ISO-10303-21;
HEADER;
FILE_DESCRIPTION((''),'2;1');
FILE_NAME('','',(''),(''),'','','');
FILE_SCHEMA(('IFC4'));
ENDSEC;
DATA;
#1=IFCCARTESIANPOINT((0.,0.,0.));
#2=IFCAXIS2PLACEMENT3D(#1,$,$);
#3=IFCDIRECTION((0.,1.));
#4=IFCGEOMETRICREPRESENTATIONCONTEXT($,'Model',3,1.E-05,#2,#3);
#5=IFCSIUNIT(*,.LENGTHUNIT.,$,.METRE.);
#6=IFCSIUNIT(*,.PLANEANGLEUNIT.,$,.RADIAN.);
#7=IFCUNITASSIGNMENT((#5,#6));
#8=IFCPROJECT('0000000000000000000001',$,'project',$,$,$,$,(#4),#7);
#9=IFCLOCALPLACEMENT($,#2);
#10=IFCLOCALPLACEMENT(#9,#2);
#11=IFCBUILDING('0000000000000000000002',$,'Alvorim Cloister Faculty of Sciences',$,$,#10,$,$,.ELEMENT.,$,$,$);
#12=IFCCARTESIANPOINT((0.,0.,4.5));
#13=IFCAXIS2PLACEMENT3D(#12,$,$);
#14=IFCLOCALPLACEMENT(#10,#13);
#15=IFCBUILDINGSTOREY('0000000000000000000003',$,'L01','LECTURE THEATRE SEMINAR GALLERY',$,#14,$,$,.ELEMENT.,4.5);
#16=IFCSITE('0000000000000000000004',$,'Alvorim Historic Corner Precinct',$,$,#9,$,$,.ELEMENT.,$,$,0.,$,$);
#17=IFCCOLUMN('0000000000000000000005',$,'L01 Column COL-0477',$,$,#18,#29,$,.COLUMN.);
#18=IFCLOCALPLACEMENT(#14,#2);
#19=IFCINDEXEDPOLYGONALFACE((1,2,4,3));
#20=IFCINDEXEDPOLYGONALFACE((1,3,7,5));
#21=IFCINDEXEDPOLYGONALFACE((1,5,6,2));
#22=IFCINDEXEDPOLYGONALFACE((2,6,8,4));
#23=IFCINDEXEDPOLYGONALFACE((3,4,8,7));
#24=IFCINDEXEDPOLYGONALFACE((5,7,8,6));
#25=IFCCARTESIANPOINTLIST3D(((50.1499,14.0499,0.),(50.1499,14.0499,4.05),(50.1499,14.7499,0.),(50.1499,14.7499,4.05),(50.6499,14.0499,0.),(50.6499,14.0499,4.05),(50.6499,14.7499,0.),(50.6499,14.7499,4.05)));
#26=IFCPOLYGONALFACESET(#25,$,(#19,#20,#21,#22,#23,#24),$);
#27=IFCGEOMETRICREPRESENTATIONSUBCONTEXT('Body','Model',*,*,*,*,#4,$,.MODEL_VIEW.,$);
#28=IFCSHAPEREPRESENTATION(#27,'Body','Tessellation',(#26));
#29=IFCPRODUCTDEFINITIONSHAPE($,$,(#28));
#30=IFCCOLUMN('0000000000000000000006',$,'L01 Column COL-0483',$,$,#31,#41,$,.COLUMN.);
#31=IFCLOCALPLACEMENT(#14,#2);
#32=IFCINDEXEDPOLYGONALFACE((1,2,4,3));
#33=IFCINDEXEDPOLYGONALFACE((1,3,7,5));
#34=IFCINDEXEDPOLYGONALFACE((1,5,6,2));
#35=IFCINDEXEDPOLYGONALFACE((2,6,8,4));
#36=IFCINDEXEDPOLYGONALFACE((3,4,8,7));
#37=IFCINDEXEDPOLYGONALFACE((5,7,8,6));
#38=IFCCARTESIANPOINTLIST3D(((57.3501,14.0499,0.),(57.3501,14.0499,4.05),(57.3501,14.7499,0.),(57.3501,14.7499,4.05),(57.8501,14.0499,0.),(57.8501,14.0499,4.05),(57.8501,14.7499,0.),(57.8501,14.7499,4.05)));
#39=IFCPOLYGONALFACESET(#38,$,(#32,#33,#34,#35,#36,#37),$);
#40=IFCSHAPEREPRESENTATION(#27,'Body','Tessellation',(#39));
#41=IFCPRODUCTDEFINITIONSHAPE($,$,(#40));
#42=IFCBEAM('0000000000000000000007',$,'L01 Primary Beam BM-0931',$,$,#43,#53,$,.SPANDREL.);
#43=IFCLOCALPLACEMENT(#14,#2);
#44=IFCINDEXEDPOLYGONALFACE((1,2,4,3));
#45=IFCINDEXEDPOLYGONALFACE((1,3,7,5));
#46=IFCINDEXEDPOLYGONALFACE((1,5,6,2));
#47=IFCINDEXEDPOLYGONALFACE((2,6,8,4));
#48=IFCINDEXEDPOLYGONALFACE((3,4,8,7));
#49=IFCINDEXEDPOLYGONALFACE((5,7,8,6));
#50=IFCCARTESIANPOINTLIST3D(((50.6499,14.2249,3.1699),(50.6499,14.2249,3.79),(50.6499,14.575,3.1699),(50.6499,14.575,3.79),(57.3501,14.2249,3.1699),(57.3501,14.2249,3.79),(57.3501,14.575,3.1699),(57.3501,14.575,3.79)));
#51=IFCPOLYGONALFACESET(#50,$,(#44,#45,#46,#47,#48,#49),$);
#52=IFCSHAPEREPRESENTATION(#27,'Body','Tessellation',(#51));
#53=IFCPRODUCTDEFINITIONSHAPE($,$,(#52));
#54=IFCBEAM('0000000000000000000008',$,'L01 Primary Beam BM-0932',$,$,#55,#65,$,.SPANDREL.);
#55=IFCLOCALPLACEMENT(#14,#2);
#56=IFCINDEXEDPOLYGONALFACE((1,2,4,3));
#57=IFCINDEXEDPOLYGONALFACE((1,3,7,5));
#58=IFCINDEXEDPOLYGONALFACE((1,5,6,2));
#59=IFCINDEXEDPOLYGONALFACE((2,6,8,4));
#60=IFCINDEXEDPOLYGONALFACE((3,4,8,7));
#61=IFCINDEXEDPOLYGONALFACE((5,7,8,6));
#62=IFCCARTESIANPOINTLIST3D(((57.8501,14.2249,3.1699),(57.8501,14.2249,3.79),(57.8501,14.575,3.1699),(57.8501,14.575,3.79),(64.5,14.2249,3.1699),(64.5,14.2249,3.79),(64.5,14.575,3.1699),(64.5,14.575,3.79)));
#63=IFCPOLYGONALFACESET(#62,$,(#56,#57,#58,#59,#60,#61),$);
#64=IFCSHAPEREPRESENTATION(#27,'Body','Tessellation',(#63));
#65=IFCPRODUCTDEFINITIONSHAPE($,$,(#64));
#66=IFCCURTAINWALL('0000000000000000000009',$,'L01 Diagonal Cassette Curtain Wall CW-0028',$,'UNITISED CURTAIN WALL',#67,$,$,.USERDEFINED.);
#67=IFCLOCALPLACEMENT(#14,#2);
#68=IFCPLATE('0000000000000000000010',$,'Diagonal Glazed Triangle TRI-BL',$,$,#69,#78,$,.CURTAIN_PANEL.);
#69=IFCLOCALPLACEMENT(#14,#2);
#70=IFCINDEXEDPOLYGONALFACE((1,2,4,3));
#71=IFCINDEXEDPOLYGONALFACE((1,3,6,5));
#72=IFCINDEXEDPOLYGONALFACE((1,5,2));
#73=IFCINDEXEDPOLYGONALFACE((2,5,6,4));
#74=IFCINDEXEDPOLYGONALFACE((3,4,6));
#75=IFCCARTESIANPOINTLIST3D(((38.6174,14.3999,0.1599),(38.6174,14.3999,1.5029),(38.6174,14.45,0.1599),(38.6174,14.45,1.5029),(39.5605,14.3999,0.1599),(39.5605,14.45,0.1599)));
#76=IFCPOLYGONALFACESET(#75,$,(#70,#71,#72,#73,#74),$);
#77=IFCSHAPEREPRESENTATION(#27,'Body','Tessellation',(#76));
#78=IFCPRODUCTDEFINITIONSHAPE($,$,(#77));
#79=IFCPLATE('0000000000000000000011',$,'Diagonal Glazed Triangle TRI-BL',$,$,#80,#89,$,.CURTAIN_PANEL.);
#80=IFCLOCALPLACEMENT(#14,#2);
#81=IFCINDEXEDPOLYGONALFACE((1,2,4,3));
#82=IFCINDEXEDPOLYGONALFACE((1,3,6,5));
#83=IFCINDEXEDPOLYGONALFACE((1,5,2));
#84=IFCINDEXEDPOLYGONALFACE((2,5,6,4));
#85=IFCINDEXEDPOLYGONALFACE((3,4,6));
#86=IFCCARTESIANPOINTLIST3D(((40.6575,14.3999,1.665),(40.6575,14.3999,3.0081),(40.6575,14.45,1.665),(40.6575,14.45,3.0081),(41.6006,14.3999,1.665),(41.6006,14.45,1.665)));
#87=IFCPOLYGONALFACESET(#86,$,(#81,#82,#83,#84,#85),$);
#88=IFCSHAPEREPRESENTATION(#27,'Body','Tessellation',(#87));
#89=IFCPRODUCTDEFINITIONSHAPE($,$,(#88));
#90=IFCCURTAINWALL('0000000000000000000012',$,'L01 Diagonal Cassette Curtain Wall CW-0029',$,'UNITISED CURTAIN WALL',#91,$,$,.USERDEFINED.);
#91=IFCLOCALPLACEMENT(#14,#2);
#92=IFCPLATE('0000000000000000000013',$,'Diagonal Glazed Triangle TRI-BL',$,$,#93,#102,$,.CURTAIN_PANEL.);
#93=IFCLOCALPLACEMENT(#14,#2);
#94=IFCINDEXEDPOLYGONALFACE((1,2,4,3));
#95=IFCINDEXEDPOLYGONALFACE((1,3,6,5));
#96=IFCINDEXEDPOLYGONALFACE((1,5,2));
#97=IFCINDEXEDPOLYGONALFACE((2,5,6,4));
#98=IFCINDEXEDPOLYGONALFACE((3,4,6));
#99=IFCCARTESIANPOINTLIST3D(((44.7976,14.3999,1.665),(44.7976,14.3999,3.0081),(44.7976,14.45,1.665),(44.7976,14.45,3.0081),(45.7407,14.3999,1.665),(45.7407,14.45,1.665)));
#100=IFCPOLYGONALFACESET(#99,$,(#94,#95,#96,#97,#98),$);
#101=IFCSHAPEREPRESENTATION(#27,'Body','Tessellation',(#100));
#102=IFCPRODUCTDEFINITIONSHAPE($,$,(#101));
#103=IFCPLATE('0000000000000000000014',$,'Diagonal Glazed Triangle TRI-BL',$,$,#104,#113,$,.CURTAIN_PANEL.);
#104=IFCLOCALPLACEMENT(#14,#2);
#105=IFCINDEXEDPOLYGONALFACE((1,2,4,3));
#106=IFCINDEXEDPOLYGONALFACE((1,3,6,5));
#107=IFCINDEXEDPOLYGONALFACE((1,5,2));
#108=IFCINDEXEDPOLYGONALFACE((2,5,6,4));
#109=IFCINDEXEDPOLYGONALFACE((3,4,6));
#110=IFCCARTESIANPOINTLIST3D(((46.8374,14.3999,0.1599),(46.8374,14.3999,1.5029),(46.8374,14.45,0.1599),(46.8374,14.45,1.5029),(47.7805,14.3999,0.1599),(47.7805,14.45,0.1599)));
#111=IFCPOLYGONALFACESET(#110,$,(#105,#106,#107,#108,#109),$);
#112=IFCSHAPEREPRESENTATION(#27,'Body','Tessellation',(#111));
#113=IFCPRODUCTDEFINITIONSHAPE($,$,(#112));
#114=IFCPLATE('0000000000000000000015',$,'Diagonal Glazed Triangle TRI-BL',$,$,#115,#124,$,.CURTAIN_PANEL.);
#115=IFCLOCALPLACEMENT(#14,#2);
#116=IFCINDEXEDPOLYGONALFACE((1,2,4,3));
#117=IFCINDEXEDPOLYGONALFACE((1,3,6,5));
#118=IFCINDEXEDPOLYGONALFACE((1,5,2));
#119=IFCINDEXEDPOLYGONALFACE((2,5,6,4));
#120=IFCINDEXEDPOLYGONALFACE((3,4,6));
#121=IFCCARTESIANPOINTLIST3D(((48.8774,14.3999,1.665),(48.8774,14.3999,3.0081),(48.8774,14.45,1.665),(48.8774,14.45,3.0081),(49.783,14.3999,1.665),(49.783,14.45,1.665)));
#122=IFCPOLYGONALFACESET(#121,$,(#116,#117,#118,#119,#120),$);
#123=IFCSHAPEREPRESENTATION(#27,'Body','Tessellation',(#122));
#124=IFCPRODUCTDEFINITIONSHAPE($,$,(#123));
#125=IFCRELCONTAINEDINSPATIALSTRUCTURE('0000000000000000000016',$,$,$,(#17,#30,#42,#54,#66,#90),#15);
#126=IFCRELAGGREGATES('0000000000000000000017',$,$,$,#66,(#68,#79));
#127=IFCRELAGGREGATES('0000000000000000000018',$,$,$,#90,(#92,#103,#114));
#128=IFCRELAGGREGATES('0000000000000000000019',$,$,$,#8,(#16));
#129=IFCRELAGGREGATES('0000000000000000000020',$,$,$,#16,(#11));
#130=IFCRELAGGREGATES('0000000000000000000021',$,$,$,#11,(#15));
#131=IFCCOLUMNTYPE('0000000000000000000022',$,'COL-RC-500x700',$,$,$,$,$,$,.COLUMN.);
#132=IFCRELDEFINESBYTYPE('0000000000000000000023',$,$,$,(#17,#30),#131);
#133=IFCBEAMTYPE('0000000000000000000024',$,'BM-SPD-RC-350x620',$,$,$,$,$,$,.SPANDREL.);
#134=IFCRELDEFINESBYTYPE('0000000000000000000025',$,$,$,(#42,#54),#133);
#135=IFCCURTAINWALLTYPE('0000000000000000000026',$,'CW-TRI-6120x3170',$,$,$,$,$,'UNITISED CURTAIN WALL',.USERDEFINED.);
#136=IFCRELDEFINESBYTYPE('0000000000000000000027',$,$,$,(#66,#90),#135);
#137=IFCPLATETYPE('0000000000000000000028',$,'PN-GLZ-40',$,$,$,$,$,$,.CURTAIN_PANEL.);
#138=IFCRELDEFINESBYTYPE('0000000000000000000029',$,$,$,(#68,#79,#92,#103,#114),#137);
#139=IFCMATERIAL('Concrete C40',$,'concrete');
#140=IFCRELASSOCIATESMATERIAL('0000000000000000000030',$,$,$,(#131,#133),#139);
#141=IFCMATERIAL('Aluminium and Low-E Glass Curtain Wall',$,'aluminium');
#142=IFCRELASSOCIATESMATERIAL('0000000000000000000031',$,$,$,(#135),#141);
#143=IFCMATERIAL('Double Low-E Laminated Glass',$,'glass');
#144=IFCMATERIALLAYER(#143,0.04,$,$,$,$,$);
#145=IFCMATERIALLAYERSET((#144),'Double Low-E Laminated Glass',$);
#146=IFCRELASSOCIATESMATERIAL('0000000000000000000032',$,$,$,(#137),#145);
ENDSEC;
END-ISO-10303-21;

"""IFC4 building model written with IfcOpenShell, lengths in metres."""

from ifc_helpers import new_model, si_unit, direction, frame, origin, origin_2d, place, context, subcontext, project, spatial, polyline, rectangle, outline, extrude, material, layer, layer_set, material_profile, profile_set, type_object, element, aggregate, save


model = new_model("IFC4")

# Units and contexts
model_context = context("Model", 3, precision=1e-05, world=origin(), true_north=direction((0.0, 1.0)))
body_context = subcontext(model_context, "Body", "Model", "MODEL_VIEW")
ifc_project = project(units=[si_unit("LENGTHUNIT", "METRE"), si_unit("PLANEANGLEUNIT", "RADIAN")], contexts=[model_context])

# Site, building, storey
site_placement = place(None, origin())
site = spatial("IfcSite", under=ifc_project, at=site_placement, Name="Alvorim Historic Corner Precinct", CompositionType="ELEMENT", RefElevation=0.0)
building_placement = place(site_placement, origin())
building = spatial("IfcBuilding", under=site, at=building_placement, Name="Alvorim Cloister Faculty of Sciences", CompositionType="ELEMENT")
storey_placement = place(building_placement, frame((0.0, 0.0, 4.5)))
storey = spatial("IfcBuildingStorey", under=building, at=storey_placement, Name="L01", Description="LECTURE THEATRE SEMINAR GALLERY", CompositionType="ELEMENT", Elevation=4.5)

# Columns
ifc_material_1 = material(Name="Concrete C40", Category="concrete")
ifc_material_profile_1 = material_profile(ifc_material_1, rectangle(XDim=0.5, YDim=0.7, at=origin_2d()), Name="RC40-COL-500x700")
ifc_profile_set_1 = profile_set([ifc_material_profile_1], Name="Concrete C40")
column_type = type_object("IfcColumnType", Name="COL-RC-500x700", PredefinedType="COLUMN", material=ifc_profile_set_1)
for number, where, z_axis, x_axis, name in (
    (1, (50.3999, 14.3999, 0.0), (0.0, 0.0, 1.0), (1.0, 0.0, 0.0), "L01 Column COL-0477"),
    (2, (57.6001, 14.3999, 0.0), (0.0, 0.0, 1.0), (1.0, 0.0, 0.0), "L01 Column COL-0483"),
):
    element("IfcColumn", number, at=place(storey_placement, frame(where, z_axis=z_axis, x_axis=x_axis)), inside=storey, type_object=column_type, Name=name, PredefinedType="COLUMN", context=body_context, shape_type="SweptSolid", body=[
        extrude(rectangle(XDim=0.5, YDim=0.7, at=origin_2d()), origin(), (0.0, 0.0, 1.0), 4.05),
    ])

# Beams
ifc_material_profile_2 = material_profile(ifc_material_1, rectangle(XDim=0.3501, YDim=0.6201, at=origin_2d()), Name="RC40-SPD-350x620")
ifc_profile_set_2 = profile_set([ifc_material_profile_2], Name="Concrete C40")
beam_type = type_object("IfcBeamType", Name="BM-SPD-RC-350x620", PredefinedType="SPANDREL", material=ifc_profile_set_2)
beam_1_placement = place(storey_placement, frame((50.6499, 14.3999, 3.48), z_axis=(1.0, 0.0, 0.0), x_axis=(0.0, 1.0, 0.0)))
element("IfcBeam", 3, at=beam_1_placement, inside=storey, type_object=beam_type, Name="L01 Primary Beam BM-0931", PredefinedType="SPANDREL", context=body_context, shape_type="SweptSolid", body=[
    extrude(rectangle(XDim=0.3501, YDim=0.6201, at=origin_2d()), origin(), (0.0, 0.0, 1.0), 6.7002),
])
beam_2_placement = place(storey_placement, frame((57.8501, 14.3999, 3.48), z_axis=(1.0, 0.0, 0.0), x_axis=(0.0, 1.0, 0.0)))
element("IfcBeam", 4, at=beam_2_placement, inside=storey, type_object=beam_type, Name="L01 Primary Beam BM-0932", PredefinedType="SPANDREL", context=body_context, shape_type="SweptSolid", body=[
    extrude(rectangle(XDim=0.3501, YDim=0.6201, at=origin_2d()), origin(), (0.0, 0.0, 1.0), 6.6499),
])

# Curtain walls, plates
ifc_material_2 = material(Name="Aluminium and Low-E Glass Curtain Wall", Category="aluminium")
curtain_wall_type = type_object("IfcCurtainWallType", Name="CW-TRI-6120x3170", ElementType="UNITISED CURTAIN WALL", PredefinedType="USERDEFINED", material=ifc_material_2)
curtain_wall_1_placement = place(storey_placement, origin())
curtain_wall_1 = element("IfcCurtainWall", 5, at=curtain_wall_1_placement, inside=storey, type_object=curtain_wall_type, Name="L01 Diagonal Cassette Curtain Wall CW-0028", ObjectType="UNITISED CURTAIN WALL", PredefinedType="USERDEFINED")
ifc_material_3 = material(Name="Double Low-E Laminated Glass", Category="glass")
ifc_layer = layer(ifc_material_3, 0.04)
ifc_layer_set = layer_set([ifc_layer], Name="Double Low-E Laminated Glass")
plate_type = type_object("IfcPlateType", Name="PN-GLZ-40", PredefinedType="CURTAIN_PANEL", material=ifc_layer_set)
plate_1_placement = place(storey_placement, frame((38.6174, 14.425, 0.1599), z_axis=(0.0, 0.0, 1.0), x_axis=(1.0, 0.0, 0.0)))
plate_1 = element("IfcPlate", 6, at=plate_1_placement, type_object=plate_type, Name="Diagonal Glazed Triangle TRI-BL", PredefinedType="CURTAIN_PANEL", context=body_context, shape_type="SweptSolid", body=[
    extrude(outline(polyline([(0.0, 0.0), (0.9431, 0.0), (0.0, 1.343), (0.0, 0.0)])), frame((0.0, 0.0249, 0.0), z_axis=(0.0, -1.0, 0.0), x_axis=(1.0, 0.0, 0.0)), (0.0, 0.0, 1.0), 0.05),
])
plate_2_placement = place(storey_placement, frame((40.6575, 14.425, 1.665), z_axis=(0.0, 0.0, 1.0), x_axis=(1.0, 0.0, 0.0)))
plate_2 = element("IfcPlate", 7, at=plate_2_placement, type_object=plate_type, Name="Diagonal Glazed Triangle TRI-BL", PredefinedType="CURTAIN_PANEL", context=body_context, shape_type="SweptSolid", body=[
    extrude(outline(polyline([(0.0, 0.0), (0.9431, 0.0), (0.0, 1.343), (0.0, 0.0)])), frame((0.0, 0.0249, 0.0), z_axis=(0.0, -1.0, 0.0), x_axis=(1.0, 0.0, 0.0)), (0.0, 0.0, 1.0), 0.05),
])
aggregate(curtain_wall_1, [plate_1, plate_2])
curtain_wall_2_placement = place(storey_placement, origin())
curtain_wall_2 = element("IfcCurtainWall", 8, at=curtain_wall_2_placement, inside=storey, type_object=curtain_wall_type, Name="L01 Diagonal Cassette Curtain Wall CW-0029", ObjectType="UNITISED CURTAIN WALL", PredefinedType="USERDEFINED")
plate_3_placement = place(storey_placement, frame((44.7976, 14.425, 1.665), z_axis=(0.0, 0.0, 1.0), x_axis=(1.0, 0.0, 0.0)))
plate_3 = element("IfcPlate", 9, at=plate_3_placement, type_object=plate_type, Name="Diagonal Glazed Triangle TRI-BL", PredefinedType="CURTAIN_PANEL", context=body_context, shape_type="SweptSolid", body=[
    extrude(outline(polyline([(0.0, 0.0), (0.9431, 0.0), (0.0, 1.343), (0.0, 0.0)])), frame((0.0, 0.0249, 0.0), z_axis=(0.0, -1.0, 0.0), x_axis=(1.0, 0.0, 0.0)), (0.0, 0.0, 1.0), 0.05),
])
plate_4_placement = place(storey_placement, frame((46.8374, 14.425, 0.1599), z_axis=(0.0, 0.0, 1.0), x_axis=(1.0, 0.0, 0.0)))
plate_4 = element("IfcPlate", 10, at=plate_4_placement, type_object=plate_type, Name="Diagonal Glazed Triangle TRI-BL", PredefinedType="CURTAIN_PANEL", context=body_context, shape_type="SweptSolid", body=[
    extrude(outline(polyline([(0.0, 0.0), (0.9431, 0.0), (0.0, 1.343), (0.0, 0.0)])), frame((0.0, 0.0249, 0.0), z_axis=(0.0, -1.0, 0.0), x_axis=(1.0, 0.0, 0.0)), (0.0, 0.0, 1.0), 0.05),
])
plate_5_placement = place(storey_placement, frame((48.8774, 14.425, 1.665), z_axis=(0.0, 0.0, 1.0), x_axis=(1.0, 0.0, 0.0)))
plate_5 = element("IfcPlate", 11, at=plate_5_placement, type_object=plate_type, Name="Diagonal Glazed Triangle TRI-BL", PredefinedType="CURTAIN_PANEL", context=body_context, shape_type="SweptSolid", body=[
    extrude(outline(polyline([(0.0, 0.0), (0.9055, 0.0), (0.0, 1.343), (0.0, 0.0)])), frame((0.0, 0.0249, 0.0), z_axis=(0.0, -1.0, 0.0), x_axis=(1.0, 0.0, 0.0)), (0.0, 0.0, 1.0), 0.05),
])
aggregate(curtain_wall_2, [plate_3, plate_4, plate_5])

save(model, "model.ifc")
